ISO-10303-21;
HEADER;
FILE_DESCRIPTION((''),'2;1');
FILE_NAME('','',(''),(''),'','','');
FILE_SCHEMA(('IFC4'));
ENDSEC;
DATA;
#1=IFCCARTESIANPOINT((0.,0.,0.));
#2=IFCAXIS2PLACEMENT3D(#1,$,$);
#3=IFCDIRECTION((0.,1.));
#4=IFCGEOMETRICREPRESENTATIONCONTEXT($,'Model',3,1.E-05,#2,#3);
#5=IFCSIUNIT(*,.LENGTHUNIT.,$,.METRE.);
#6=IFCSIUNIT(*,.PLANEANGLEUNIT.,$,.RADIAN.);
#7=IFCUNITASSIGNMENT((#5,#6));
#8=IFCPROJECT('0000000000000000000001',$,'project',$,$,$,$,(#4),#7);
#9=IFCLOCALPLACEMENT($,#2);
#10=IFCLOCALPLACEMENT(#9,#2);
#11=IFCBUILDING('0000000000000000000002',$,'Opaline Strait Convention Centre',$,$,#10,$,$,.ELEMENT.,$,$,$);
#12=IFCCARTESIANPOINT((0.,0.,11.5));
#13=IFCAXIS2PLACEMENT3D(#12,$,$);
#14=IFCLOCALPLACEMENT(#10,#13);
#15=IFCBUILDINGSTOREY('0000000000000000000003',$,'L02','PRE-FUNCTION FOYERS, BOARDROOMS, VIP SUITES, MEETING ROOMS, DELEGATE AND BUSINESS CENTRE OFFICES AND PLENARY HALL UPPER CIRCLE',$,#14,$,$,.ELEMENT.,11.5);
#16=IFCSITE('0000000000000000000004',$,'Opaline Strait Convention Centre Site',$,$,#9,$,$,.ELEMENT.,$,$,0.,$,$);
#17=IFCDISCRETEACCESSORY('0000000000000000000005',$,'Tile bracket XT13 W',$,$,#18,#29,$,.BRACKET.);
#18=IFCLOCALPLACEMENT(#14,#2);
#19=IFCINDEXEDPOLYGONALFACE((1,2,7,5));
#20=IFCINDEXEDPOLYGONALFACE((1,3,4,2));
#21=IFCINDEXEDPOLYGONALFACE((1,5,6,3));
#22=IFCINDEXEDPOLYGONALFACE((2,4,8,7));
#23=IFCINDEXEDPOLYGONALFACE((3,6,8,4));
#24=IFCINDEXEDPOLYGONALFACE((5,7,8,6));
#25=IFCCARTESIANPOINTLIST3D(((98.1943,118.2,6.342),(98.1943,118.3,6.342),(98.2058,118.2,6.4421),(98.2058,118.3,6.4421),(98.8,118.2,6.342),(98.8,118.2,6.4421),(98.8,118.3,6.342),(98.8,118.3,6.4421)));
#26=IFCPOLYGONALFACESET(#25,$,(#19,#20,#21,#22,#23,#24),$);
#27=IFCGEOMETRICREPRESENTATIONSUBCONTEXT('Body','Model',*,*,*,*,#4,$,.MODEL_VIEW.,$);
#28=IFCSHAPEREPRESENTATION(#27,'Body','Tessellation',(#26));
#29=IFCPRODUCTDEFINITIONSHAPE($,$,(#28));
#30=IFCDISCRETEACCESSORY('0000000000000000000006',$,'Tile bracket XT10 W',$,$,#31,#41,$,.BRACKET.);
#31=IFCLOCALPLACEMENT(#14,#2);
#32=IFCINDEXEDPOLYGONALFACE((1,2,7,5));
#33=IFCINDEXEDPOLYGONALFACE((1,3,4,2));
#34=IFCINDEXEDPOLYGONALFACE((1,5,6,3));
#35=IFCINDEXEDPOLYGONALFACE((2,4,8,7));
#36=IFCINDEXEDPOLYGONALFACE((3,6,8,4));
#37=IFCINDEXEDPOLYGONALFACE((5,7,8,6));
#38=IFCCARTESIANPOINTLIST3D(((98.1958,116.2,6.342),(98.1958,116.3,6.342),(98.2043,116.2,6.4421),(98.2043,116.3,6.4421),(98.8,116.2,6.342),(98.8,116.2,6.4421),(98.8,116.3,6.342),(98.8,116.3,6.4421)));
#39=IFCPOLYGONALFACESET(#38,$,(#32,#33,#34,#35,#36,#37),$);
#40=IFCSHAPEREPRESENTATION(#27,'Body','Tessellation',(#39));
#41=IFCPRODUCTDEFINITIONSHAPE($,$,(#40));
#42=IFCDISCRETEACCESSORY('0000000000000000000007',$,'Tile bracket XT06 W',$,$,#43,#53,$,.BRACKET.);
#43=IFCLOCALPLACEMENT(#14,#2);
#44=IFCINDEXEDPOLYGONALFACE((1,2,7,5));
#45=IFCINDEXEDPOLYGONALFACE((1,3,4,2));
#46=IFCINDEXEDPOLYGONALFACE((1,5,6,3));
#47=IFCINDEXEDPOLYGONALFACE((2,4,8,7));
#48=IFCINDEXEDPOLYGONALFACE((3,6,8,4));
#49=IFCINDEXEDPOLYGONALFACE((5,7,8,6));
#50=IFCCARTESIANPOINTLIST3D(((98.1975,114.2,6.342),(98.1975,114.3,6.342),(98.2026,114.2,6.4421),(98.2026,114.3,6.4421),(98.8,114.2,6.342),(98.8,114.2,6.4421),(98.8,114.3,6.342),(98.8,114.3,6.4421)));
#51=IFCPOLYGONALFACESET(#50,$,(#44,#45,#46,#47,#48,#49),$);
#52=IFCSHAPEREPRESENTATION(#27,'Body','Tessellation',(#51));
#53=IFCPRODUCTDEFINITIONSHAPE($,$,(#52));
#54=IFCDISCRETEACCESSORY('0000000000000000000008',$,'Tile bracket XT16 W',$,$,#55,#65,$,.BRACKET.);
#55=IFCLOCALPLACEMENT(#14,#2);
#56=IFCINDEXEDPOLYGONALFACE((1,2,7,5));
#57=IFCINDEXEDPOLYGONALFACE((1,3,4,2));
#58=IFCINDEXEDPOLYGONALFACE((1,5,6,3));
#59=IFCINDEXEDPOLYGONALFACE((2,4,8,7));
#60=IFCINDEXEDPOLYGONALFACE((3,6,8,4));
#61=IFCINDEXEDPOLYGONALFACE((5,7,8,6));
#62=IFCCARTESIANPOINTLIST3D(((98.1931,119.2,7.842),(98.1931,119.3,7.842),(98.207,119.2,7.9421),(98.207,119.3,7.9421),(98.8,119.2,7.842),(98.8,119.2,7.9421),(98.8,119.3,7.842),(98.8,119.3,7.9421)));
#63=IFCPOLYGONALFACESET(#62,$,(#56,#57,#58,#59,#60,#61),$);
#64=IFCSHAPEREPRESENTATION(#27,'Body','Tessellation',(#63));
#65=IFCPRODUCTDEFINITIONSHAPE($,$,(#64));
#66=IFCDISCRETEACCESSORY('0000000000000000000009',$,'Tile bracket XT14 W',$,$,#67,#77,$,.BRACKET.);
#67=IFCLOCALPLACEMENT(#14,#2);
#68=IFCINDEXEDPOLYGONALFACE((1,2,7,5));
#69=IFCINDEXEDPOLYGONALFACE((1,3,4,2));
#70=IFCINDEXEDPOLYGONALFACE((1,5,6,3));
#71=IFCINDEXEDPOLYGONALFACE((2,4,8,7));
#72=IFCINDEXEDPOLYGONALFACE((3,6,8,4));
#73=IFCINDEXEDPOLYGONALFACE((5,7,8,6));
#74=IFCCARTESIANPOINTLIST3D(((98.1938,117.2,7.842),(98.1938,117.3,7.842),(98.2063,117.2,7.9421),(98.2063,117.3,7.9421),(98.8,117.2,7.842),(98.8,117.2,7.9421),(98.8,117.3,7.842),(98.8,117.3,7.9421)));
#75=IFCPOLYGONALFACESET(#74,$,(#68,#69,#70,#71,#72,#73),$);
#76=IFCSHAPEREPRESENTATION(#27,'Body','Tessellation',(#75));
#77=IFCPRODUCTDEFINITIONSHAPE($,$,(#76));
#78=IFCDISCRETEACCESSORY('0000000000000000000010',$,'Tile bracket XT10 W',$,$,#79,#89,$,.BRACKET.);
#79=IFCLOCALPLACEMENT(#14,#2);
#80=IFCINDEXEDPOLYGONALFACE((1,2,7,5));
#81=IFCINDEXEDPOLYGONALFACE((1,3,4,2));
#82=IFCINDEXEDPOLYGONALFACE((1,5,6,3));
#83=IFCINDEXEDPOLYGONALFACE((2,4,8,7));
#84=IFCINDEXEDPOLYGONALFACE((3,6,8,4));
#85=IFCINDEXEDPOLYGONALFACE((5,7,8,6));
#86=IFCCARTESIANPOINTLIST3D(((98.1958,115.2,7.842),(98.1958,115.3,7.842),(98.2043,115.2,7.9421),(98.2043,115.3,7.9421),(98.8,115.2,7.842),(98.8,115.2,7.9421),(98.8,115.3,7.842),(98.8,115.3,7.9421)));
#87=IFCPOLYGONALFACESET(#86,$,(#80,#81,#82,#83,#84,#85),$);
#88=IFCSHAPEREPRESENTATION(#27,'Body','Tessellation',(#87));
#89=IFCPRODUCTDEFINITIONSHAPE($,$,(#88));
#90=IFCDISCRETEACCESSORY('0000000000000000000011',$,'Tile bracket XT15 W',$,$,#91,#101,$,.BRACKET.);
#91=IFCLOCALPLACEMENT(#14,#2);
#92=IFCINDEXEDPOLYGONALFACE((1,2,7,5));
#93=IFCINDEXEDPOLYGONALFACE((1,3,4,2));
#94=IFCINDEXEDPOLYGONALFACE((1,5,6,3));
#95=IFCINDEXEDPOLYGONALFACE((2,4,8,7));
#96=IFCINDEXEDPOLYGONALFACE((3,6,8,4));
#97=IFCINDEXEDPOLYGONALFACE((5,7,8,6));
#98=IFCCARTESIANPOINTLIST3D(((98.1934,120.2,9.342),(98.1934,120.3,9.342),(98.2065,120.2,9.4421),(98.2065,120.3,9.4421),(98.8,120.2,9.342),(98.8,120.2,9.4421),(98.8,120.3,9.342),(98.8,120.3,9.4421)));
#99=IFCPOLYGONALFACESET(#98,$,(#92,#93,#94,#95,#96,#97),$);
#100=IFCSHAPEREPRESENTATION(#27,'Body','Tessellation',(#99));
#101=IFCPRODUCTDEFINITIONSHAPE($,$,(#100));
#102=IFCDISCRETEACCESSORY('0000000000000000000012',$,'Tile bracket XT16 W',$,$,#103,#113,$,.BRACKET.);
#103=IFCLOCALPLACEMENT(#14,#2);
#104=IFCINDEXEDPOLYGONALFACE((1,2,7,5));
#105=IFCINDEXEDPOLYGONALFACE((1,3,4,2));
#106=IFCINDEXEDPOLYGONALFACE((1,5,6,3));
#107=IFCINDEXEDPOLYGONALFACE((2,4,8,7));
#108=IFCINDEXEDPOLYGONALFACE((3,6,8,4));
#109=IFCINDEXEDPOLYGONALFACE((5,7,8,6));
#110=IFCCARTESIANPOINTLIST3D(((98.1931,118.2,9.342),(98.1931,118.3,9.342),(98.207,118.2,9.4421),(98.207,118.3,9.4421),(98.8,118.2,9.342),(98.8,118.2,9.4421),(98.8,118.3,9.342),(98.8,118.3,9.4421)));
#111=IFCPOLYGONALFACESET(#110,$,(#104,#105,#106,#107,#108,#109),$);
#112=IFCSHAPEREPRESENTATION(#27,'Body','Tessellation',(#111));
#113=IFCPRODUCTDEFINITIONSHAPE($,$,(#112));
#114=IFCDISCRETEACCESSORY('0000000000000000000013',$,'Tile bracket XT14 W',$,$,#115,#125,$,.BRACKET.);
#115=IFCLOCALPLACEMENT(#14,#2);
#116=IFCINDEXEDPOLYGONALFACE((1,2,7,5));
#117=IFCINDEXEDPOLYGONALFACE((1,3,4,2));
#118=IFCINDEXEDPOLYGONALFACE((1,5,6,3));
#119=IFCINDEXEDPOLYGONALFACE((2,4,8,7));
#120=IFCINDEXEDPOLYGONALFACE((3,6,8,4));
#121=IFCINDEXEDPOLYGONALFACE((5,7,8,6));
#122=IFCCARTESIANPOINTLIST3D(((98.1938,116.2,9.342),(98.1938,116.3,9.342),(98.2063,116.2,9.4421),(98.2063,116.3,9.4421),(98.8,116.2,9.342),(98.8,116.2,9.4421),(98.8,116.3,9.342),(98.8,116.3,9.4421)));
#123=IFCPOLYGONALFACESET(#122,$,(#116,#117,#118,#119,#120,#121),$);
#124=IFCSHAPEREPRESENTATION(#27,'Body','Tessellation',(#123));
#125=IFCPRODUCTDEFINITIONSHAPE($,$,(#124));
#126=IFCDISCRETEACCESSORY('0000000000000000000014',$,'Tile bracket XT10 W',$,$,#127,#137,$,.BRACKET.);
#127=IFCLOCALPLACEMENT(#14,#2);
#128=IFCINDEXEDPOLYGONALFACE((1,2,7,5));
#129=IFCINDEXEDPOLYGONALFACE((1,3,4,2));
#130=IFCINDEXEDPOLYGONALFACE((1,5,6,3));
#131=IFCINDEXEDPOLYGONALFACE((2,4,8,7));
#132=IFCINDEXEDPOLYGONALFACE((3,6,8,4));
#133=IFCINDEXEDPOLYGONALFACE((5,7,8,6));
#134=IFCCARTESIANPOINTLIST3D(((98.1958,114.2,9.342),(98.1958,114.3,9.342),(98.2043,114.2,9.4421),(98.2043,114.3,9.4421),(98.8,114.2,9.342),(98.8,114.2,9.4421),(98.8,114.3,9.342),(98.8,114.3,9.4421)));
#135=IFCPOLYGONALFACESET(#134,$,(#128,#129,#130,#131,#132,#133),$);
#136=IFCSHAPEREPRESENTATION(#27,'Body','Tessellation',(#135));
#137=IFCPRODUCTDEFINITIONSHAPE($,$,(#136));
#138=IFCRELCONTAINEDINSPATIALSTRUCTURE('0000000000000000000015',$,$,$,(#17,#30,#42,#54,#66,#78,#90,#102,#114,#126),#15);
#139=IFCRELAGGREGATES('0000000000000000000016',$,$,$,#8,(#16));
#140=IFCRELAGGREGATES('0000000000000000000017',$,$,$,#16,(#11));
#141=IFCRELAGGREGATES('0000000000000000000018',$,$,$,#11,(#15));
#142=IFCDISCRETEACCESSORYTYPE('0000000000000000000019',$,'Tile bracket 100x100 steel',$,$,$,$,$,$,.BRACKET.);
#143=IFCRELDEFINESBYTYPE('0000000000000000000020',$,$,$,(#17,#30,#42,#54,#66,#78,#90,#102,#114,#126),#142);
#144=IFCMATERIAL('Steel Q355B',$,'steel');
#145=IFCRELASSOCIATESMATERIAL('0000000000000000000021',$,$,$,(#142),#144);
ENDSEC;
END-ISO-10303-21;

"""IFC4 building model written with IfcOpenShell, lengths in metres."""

from ifc_helpers import new_model, si_unit, direction, frame, origin, place, context, subcontext, project, spatial, polyline, outline, extrude, material, type_object, element, save


model = new_model("IFC4")

# Units and contexts
model_context = context("Model", 3, precision=1e-05, world=origin(), true_north=direction((0.0, 1.0)))
body_context = subcontext(model_context, "Body", "Model", "MODEL_VIEW")
ifc_project = project(units=[si_unit("LENGTHUNIT", "METRE"), si_unit("PLANEANGLEUNIT", "RADIAN")], contexts=[model_context])

# Site, building, storey
site_placement = place(None, origin())
site = spatial("IfcSite", under=ifc_project, at=site_placement, Name="Opaline Strait Convention Centre Site", CompositionType="ELEMENT", RefElevation=0.0)
building_placement = place(site_placement, origin())
building = spatial("IfcBuilding", under=site, at=building_placement, Name="Opaline Strait Convention Centre", CompositionType="ELEMENT")
storey_placement = place(building_placement, frame((0.0, 0.0, 11.5)))
storey = spatial("IfcBuildingStorey", under=building, at=storey_placement, Name="L02", Description="PRE-FUNCTION FOYERS, BOARDROOMS, VIP SUITES, MEETING ROOMS, DELEGATE AND BUSINESS CENTRE OFFICES AND PLENARY HALL UPPER CIRCLE", CompositionType="ELEMENT", Elevation=11.5)

# Discrete accessories
ifc_material_1 = material(Name="Steel Q355B", Category="steel")
discrete_accessory_type = type_object("IfcDiscreteAccessoryType", Name="Tile bracket 100x100 steel", PredefinedType="BRACKET", material=ifc_material_1)
discrete_accessory_1_placement = place(storey_placement, frame((98.8, 118.3, 6.3921), z_axis=(0.0, -1.0, 0.0), x_axis=(1.0, 0.0, 0.0)))
element("IfcDiscreteAccessory", 1, at=discrete_accessory_1_placement, inside=storey, type_object=discrete_accessory_type, Name="Tile bracket XT13 W", PredefinedType="BRACKET", context=body_context, shape_type="SweptSolid", body=[
    extrude(outline(polyline([(0.0, -0.05), (0.0, 0.05), (-0.5942, 0.05), (-0.6057, -0.05), (0.0, -0.05)])), origin(), (0.0, 0.0, 1.0), 0.1001),
])
discrete_accessory_2_placement = place(storey_placement, frame((98.8, 116.3, 6.3921), z_axis=(0.0, -1.0, 0.0), x_axis=(1.0, 0.0, 0.0)))
element("IfcDiscreteAccessory", 2, at=discrete_accessory_2_placement, inside=storey, type_object=discrete_accessory_type, Name="Tile bracket XT10 W", PredefinedType="BRACKET", context=body_context, shape_type="SweptSolid", body=[
    extrude(outline(polyline([(0.0, -0.05), (0.0, 0.05), (-0.5957, 0.05), (-0.6042, -0.05), (0.0, -0.05)])), origin(), (0.0, 0.0, 1.0), 0.1001),
])
discrete_accessory_3_placement = place(storey_placement, frame((98.8, 114.3, 6.3921), z_axis=(0.0, -1.0, 0.0), x_axis=(1.0, 0.0, 0.0)))
element("IfcDiscreteAccessory", 3, at=discrete_accessory_3_placement, inside=storey, type_object=discrete_accessory_type, Name="Tile bracket XT06 W", PredefinedType="BRACKET", context=body_context, shape_type="SweptSolid", body=[
    extrude(outline(polyline([(0.0, -0.05), (0.0, 0.05), (-0.5974, 0.05), (-0.6025, -0.05), (0.0, -0.05)])), origin(), (0.0, 0.0, 1.0), 0.1001),
])
discrete_accessory_4_placement = place(storey_placement, frame((98.8, 119.3, 7.8921), z_axis=(0.0, -1.0, 0.0), x_axis=(1.0, 0.0, 0.0)))
element("IfcDiscreteAccessory", 4, at=discrete_accessory_4_placement, inside=storey, type_object=discrete_accessory_type, Name="Tile bracket XT16 W", PredefinedType="BRACKET", context=body_context, shape_type="SweptSolid", body=[
    extrude(outline(polyline([(0.0, -0.05), (0.0, 0.05), (-0.593, 0.05), (-0.6069, -0.05), (0.0, -0.05)])), origin(), (0.0, 0.0, 1.0), 0.1001),
])
discrete_accessory_5_placement = place(storey_placement, frame((98.8, 117.3, 7.8921), z_axis=(0.0, -1.0, 0.0), x_axis=(1.0, 0.0, 0.0)))
element("IfcDiscreteAccessory", 5, at=discrete_accessory_5_placement, inside=storey, type_object=discrete_accessory_type, Name="Tile bracket XT14 W", PredefinedType="BRACKET", context=body_context, shape_type="SweptSolid", body=[
    extrude(outline(polyline([(0.0, -0.05), (0.0, 0.05), (-0.5938, 0.05), (-0.6062, -0.05), (0.0, -0.05)])), origin(), (0.0, 0.0, 1.0), 0.1001),
])
discrete_accessory_6_placement = place(storey_placement, frame((98.8, 115.3, 7.8921), z_axis=(0.0, -1.0, 0.0), x_axis=(1.0, 0.0, 0.0)))
element("IfcDiscreteAccessory", 6, at=discrete_accessory_6_placement, inside=storey, type_object=discrete_accessory_type, Name="Tile bracket XT10 W", PredefinedType="BRACKET", context=body_context, shape_type="SweptSolid", body=[
    extrude(outline(polyline([(0.0, -0.05), (0.0, 0.05), (-0.5957, 0.05), (-0.6042, -0.05), (0.0, -0.05)])), origin(), (0.0, 0.0, 1.0), 0.1001),
])
discrete_accessory_7_placement = place(storey_placement, frame((98.8, 120.3, 9.3921), z_axis=(0.0, -1.0, 0.0), x_axis=(1.0, 0.0, 0.0)))
element("IfcDiscreteAccessory", 7, at=discrete_accessory_7_placement, inside=storey, type_object=discrete_accessory_type, Name="Tile bracket XT15 W", PredefinedType="BRACKET", context=body_context, shape_type="SweptSolid", body=[
    extrude(outline(polyline([(0.0, -0.05), (0.0, 0.05), (-0.5935, 0.05), (-0.6067, -0.05), (0.0, -0.05)])), origin(), (0.0, 0.0, 1.0), 0.1001),
])
discrete_accessory_8_placement = place(storey_placement, frame((98.8, 118.3, 9.3921), z_axis=(0.0, -1.0, 0.0), x_axis=(1.0, 0.0, 0.0)))
element("IfcDiscreteAccessory", 8, at=discrete_accessory_8_placement, inside=storey, type_object=discrete_accessory_type, Name="Tile bracket XT16 W", PredefinedType="BRACKET", context=body_context, shape_type="SweptSolid", body=[
    extrude(outline(polyline([(0.0, -0.05), (0.0, 0.05), (-0.593, 0.05), (-0.6069, -0.05), (0.0, -0.05)])), origin(), (0.0, 0.0, 1.0), 0.1001),
])
discrete_accessory_9_placement = place(storey_placement, frame((98.8, 116.3, 9.3921), z_axis=(0.0, -1.0, 0.0), x_axis=(1.0, 0.0, 0.0)))
element("IfcDiscreteAccessory", 9, at=discrete_accessory_9_placement, inside=storey, type_object=discrete_accessory_type, Name="Tile bracket XT14 W", PredefinedType="BRACKET", context=body_context, shape_type="SweptSolid", body=[
    extrude(outline(polyline([(0.0, -0.05), (0.0, 0.05), (-0.5938, 0.05), (-0.6062, -0.05), (0.0, -0.05)])), origin(), (0.0, 0.0, 1.0), 0.1001),
])
discrete_accessory_10_placement = place(storey_placement, frame((98.8, 114.3, 9.3921), z_axis=(0.0, -1.0, 0.0), x_axis=(1.0, 0.0, 0.0)))
element("IfcDiscreteAccessory", 10, at=discrete_accessory_10_placement, inside=storey, type_object=discrete_accessory_type, Name="Tile bracket XT10 W", PredefinedType="BRACKET", context=body_context, shape_type="SweptSolid", body=[
    extrude(outline(polyline([(0.0, -0.05), (0.0, 0.05), (-0.5957, 0.05), (-0.6042, -0.05), (0.0, -0.05)])), origin(), (0.0, 0.0, 1.0), 0.1001),
])

save(model, "model.ifc")
